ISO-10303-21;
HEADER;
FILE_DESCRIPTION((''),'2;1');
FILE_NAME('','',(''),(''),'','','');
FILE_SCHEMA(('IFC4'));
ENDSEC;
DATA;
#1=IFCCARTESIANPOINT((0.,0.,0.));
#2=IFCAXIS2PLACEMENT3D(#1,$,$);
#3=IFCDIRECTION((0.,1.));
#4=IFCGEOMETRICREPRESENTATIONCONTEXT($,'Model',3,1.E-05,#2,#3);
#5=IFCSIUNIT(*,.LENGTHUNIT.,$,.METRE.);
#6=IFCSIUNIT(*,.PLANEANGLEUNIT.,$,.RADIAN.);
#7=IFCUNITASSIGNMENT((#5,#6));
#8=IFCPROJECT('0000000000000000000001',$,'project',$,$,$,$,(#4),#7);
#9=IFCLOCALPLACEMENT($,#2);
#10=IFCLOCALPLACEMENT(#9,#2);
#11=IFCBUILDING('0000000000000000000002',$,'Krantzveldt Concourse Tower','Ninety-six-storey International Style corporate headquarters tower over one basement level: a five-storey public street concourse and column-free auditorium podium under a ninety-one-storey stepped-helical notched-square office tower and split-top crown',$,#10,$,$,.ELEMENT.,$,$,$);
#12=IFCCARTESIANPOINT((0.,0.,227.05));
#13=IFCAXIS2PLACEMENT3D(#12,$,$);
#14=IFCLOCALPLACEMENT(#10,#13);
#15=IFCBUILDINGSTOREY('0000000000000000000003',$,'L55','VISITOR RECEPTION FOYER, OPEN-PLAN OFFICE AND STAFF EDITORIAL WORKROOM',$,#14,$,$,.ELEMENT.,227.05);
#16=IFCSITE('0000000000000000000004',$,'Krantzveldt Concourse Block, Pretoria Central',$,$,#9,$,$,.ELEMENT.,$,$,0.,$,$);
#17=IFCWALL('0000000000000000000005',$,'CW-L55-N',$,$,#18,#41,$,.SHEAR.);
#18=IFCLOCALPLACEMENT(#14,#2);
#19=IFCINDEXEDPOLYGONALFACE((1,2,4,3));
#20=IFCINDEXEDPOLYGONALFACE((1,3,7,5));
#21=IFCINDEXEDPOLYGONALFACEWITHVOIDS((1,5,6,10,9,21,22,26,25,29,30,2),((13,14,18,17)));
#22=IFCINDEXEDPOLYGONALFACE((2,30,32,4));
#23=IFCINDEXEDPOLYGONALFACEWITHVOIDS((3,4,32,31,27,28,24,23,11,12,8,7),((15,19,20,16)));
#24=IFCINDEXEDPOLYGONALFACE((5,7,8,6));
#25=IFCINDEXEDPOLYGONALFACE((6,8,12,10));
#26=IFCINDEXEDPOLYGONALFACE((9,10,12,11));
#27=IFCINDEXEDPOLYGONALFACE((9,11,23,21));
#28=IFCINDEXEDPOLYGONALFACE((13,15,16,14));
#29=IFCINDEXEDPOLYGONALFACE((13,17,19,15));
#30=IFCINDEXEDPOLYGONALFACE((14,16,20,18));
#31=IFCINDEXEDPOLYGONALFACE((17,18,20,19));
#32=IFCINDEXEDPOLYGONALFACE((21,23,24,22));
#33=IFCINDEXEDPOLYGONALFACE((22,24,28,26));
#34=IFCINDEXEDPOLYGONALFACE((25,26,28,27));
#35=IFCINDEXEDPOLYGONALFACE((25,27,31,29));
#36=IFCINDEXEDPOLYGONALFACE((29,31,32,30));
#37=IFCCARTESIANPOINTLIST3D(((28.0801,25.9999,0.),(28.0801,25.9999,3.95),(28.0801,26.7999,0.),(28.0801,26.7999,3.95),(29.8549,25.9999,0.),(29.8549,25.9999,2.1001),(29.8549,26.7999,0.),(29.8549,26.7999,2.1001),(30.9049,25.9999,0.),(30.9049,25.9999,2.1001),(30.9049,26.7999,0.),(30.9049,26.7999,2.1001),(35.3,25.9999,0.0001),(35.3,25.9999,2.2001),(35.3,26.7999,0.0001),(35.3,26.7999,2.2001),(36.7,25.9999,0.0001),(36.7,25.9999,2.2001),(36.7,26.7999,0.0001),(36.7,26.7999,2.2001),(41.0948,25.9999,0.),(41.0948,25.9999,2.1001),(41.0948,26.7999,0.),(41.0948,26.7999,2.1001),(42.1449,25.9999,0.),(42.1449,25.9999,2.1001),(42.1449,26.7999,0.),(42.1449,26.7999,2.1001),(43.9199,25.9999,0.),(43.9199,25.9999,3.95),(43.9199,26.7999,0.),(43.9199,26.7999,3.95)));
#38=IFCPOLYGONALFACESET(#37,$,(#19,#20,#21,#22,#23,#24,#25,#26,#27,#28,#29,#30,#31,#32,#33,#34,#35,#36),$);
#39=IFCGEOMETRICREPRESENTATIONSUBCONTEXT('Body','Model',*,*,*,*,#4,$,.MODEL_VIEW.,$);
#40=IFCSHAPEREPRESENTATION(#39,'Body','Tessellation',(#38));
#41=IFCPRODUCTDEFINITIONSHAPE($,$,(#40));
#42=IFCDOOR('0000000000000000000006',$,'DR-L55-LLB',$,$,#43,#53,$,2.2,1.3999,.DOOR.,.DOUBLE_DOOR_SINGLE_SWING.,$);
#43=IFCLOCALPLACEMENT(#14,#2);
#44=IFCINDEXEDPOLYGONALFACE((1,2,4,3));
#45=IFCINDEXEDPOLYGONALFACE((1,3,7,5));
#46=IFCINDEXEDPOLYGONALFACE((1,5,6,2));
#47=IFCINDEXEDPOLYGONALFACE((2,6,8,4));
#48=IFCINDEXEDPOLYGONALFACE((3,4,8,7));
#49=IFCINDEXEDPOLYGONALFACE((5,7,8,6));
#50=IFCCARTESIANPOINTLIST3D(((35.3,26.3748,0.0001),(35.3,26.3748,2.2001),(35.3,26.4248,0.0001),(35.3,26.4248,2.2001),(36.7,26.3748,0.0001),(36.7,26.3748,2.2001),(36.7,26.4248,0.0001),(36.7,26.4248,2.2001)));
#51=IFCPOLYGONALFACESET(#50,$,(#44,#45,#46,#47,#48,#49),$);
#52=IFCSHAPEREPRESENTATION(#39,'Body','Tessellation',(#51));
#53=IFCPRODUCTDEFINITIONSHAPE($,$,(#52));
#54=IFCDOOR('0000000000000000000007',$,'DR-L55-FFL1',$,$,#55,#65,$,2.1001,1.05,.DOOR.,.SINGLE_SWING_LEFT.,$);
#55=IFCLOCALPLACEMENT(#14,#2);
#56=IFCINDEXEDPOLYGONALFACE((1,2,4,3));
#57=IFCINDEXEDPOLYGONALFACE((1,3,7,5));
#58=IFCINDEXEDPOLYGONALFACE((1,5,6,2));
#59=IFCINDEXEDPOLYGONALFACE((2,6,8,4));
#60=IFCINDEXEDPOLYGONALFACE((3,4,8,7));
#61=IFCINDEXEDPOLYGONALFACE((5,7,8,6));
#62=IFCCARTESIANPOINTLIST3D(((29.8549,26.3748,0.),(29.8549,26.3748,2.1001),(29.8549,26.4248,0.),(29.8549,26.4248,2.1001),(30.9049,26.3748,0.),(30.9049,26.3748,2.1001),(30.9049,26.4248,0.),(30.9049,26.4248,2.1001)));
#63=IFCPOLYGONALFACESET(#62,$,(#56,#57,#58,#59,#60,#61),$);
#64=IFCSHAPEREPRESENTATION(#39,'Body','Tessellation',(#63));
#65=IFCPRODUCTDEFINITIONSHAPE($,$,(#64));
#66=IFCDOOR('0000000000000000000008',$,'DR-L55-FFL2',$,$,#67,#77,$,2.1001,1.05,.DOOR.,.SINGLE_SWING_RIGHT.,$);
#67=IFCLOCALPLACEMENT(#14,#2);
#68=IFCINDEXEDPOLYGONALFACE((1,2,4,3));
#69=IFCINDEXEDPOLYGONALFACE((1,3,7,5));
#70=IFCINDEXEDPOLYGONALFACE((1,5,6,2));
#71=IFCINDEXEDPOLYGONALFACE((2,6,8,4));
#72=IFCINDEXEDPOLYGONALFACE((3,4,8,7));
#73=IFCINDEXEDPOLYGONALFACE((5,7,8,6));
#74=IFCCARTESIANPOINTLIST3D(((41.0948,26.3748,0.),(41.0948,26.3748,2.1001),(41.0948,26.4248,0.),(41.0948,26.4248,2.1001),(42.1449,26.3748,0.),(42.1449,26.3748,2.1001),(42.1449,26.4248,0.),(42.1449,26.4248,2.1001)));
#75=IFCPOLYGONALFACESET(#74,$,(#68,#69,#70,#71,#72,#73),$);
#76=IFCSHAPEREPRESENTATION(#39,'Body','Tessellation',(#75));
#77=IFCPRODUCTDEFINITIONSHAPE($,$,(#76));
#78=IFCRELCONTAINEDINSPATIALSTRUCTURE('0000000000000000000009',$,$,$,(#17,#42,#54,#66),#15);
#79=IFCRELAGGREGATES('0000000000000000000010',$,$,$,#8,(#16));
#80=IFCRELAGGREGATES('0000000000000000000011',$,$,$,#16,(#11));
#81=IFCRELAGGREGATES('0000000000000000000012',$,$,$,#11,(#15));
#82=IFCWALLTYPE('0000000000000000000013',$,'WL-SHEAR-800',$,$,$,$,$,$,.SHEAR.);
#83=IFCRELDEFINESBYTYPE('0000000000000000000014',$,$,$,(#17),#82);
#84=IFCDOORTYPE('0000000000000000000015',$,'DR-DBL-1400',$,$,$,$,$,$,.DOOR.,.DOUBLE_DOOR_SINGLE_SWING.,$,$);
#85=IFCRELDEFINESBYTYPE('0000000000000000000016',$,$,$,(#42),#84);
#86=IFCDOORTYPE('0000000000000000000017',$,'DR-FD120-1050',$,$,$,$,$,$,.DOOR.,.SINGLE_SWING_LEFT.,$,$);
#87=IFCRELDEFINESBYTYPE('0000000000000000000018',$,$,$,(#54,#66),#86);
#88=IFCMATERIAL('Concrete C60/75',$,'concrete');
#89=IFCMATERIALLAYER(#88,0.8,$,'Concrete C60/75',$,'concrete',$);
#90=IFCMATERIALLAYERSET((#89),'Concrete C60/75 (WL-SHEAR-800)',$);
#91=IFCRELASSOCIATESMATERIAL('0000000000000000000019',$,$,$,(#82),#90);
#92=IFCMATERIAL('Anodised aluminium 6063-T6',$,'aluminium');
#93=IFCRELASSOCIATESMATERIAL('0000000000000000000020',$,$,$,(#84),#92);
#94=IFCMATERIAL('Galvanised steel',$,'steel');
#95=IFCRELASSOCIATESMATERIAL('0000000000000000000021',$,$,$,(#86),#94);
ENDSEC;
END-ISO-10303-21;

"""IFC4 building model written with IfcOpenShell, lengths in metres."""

from ifc_helpers import new_model, si_unit, direction, frame, frame_2d, origin, place, context, subcontext, project, spatial, rectangle, extrude, material, layer, layer_set, type_object, element, fill, save


model = new_model("IFC4")

# Units and contexts
model_context = context("Model", 3, precision=1e-05, world=origin(), true_north=direction((0.0, 1.0)))
body_context = subcontext(model_context, "Body", "Model", "MODEL_VIEW")
ifc_project = project(units=[si_unit("LENGTHUNIT", "METRE"), si_unit("PLANEANGLEUNIT", "RADIAN")], contexts=[model_context])

# Site, building, storey
site_placement = place(None, origin())
site = spatial("IfcSite", under=ifc_project, at=site_placement, Name="Krantzveldt Concourse Block, Pretoria Central", CompositionType="ELEMENT", RefElevation=0.0)
building_placement = place(site_placement, origin())
building = spatial("IfcBuilding", under=site, at=building_placement, Name="Krantzveldt Concourse Tower", Description="Ninety-six-storey International Style corporate headquarters tower over one basement level: a five-storey public street concourse and column-free auditorium podium under a ninety-one-storey stepped-helical notched-square office tower and split-top crown", CompositionType="ELEMENT")
storey_placement = place(building_placement, frame((0.0, 0.0, 227.05)))
storey = spatial("IfcBuildingStorey", under=building, at=storey_placement, Name="L55", Description="VISITOR RECEPTION FOYER, OPEN-PLAN OFFICE AND STAFF EDITORIAL WORKROOM", CompositionType="ELEMENT", Elevation=227.05)

# Wall, openings, doors
ifc_material_1 = material(Name="Concrete C60/75", Category="concrete")
ifc_layer_1 = layer(ifc_material_1, 0.8, Name="Concrete C60/75", Category="concrete")
ifc_layer_set_1 = layer_set([ifc_layer_1], Name="Concrete C60/75 (WL-SHEAR-800)")
wall_type_1 = type_object("IfcWallType", Name="WL-SHEAR-800", PredefinedType="SHEAR", material=ifc_layer_set_1)
wall_1_placement = place(storey_placement, frame((28.0801, 26.3999, 0.0), z_axis=(0.0, 0.0, 1.0), x_axis=(1.0, 0.0, 0.0)))
wall_1 = element("IfcWall", 1, at=wall_1_placement, inside=storey, type_object=wall_type_1, Name="CW-L55-N", PredefinedType="SHEAR", context=body_context, shape_type="SweptSolid", body=[
    extrude(rectangle(XDim=15.8398, YDim=0.8, at=frame_2d((7.9199, 0.0))), origin(), (0.0, 0.0, 1.0), 3.95),
])
opening_1_placement = place(wall_1_placement, frame((7.22, 0.0, 0.0)))
opening_1 = element("IfcOpeningElement", 2, at=opening_1_placement, cuts=wall_1, PredefinedType="OPENING", context=body_context, shape_type="SweptSolid", body=[
    extrude(rectangle(XDim=1.3999, YDim=2.2, at=frame_2d((0.7, 1.1001))), frame((0.0, 0.4102, 0.0), z_axis=(0.0, -1.0, 0.0), x_axis=(1.0, 0.0, 0.0)), (0.0, 0.0, 1.0), 0.8201),
])
opening_2_placement = place(wall_1_placement, frame((1.7749, 0.0, 0.0)))
opening_2 = element("IfcOpeningElement", 3, at=opening_2_placement, cuts=wall_1, PredefinedType="OPENING", context=body_context, shape_type="SweptSolid", body=[
    extrude(rectangle(XDim=1.05, YDim=2.1001, at=frame_2d((0.5249, 1.05))), frame((0.0, 0.4102, 0.0), z_axis=(0.0, -1.0, 0.0), x_axis=(1.0, 0.0, 0.0)), (0.0, 0.0, 1.0), 0.8201),
])
opening_3_placement = place(wall_1_placement, frame((13.0149, 0.0, 0.0)))
opening_3 = element("IfcOpeningElement", 4, at=opening_3_placement, cuts=wall_1, PredefinedType="OPENING", context=body_context, shape_type="SweptSolid", body=[
    extrude(rectangle(XDim=1.05, YDim=2.1001, at=frame_2d((0.5249, 1.05))), frame((0.0, 0.4102, 0.0), z_axis=(0.0, -1.0, 0.0), x_axis=(1.0, 0.0, 0.0)), (0.0, 0.0, 1.0), 0.8201),
])
ifc_material_2 = material(Name="Anodised aluminium 6063-T6", Category="aluminium")
door_type_1 = type_object("IfcDoorType", Name="DR-DBL-1400", OperationType="DOUBLE_DOOR_SINGLE_SWING", PredefinedType="DOOR", material=ifc_material_2)
door_1_placement = place(opening_1_placement, origin())
door_1 = element("IfcDoor", 5, at=door_1_placement, inside=storey, type_object=door_type_1, Name="DR-L55-LLB", OperationType="DOUBLE_DOOR_SINGLE_SWING", OverallHeight=2.2, OverallWidth=1.3999, PredefinedType="DOOR", context=body_context, shape_type="SweptSolid", body=[
    extrude(rectangle(XDim=1.3999, YDim=2.2, at=frame_2d((0.7, 1.1001))), frame((0.0, 0.0249, 0.0), z_axis=(0.0, -1.0, 0.0), x_axis=(1.0, 0.0, 0.0)), (0.0, 0.0, 1.0), 0.05),
])
fill(opening_1, door_1)
ifc_material_3 = material(Name="Galvanised steel", Category="steel")
door_type_2 = type_object("IfcDoorType", Name="DR-FD120-1050", OperationType="SINGLE_SWING_LEFT", PredefinedType="DOOR", material=ifc_material_3)
door_2_placement = place(opening_2_placement, origin())
door_2 = element("IfcDoor", 6, at=door_2_placement, inside=storey, type_object=door_type_2, Name="DR-L55-FFL1", OperationType="SINGLE_SWING_LEFT", OverallHeight=2.1001, OverallWidth=1.05, PredefinedType="DOOR", context=body_context, shape_type="SweptSolid", body=[
    extrude(rectangle(XDim=1.05, YDim=2.1001, at=frame_2d((0.5249, 1.05))), frame((0.0, 0.0249, 0.0), z_axis=(0.0, -1.0, 0.0), x_axis=(1.0, 0.0, 0.0)), (0.0, 0.0, 1.0), 0.05),
])
fill(opening_2, door_2)
door_3_placement = place(opening_3_placement, origin())
door_3 = element("IfcDoor", 7, at=door_3_placement, inside=storey, type_object=door_type_2, Name="DR-L55-FFL2", OperationType="SINGLE_SWING_RIGHT", OverallHeight=2.1001, OverallWidth=1.05, PredefinedType="DOOR", context=body_context, shape_type="SweptSolid", body=[
    extrude(rectangle(XDim=1.05, YDim=2.1001, at=frame_2d((0.5249, 1.05))), frame((0.0, 0.0249, 0.0), z_axis=(0.0, -1.0, 0.0), x_axis=(1.0, 0.0, 0.0)), (0.0, 0.0, 1.0), 0.05),
])
fill(opening_3, door_3)

save(model, "model.ifc")
